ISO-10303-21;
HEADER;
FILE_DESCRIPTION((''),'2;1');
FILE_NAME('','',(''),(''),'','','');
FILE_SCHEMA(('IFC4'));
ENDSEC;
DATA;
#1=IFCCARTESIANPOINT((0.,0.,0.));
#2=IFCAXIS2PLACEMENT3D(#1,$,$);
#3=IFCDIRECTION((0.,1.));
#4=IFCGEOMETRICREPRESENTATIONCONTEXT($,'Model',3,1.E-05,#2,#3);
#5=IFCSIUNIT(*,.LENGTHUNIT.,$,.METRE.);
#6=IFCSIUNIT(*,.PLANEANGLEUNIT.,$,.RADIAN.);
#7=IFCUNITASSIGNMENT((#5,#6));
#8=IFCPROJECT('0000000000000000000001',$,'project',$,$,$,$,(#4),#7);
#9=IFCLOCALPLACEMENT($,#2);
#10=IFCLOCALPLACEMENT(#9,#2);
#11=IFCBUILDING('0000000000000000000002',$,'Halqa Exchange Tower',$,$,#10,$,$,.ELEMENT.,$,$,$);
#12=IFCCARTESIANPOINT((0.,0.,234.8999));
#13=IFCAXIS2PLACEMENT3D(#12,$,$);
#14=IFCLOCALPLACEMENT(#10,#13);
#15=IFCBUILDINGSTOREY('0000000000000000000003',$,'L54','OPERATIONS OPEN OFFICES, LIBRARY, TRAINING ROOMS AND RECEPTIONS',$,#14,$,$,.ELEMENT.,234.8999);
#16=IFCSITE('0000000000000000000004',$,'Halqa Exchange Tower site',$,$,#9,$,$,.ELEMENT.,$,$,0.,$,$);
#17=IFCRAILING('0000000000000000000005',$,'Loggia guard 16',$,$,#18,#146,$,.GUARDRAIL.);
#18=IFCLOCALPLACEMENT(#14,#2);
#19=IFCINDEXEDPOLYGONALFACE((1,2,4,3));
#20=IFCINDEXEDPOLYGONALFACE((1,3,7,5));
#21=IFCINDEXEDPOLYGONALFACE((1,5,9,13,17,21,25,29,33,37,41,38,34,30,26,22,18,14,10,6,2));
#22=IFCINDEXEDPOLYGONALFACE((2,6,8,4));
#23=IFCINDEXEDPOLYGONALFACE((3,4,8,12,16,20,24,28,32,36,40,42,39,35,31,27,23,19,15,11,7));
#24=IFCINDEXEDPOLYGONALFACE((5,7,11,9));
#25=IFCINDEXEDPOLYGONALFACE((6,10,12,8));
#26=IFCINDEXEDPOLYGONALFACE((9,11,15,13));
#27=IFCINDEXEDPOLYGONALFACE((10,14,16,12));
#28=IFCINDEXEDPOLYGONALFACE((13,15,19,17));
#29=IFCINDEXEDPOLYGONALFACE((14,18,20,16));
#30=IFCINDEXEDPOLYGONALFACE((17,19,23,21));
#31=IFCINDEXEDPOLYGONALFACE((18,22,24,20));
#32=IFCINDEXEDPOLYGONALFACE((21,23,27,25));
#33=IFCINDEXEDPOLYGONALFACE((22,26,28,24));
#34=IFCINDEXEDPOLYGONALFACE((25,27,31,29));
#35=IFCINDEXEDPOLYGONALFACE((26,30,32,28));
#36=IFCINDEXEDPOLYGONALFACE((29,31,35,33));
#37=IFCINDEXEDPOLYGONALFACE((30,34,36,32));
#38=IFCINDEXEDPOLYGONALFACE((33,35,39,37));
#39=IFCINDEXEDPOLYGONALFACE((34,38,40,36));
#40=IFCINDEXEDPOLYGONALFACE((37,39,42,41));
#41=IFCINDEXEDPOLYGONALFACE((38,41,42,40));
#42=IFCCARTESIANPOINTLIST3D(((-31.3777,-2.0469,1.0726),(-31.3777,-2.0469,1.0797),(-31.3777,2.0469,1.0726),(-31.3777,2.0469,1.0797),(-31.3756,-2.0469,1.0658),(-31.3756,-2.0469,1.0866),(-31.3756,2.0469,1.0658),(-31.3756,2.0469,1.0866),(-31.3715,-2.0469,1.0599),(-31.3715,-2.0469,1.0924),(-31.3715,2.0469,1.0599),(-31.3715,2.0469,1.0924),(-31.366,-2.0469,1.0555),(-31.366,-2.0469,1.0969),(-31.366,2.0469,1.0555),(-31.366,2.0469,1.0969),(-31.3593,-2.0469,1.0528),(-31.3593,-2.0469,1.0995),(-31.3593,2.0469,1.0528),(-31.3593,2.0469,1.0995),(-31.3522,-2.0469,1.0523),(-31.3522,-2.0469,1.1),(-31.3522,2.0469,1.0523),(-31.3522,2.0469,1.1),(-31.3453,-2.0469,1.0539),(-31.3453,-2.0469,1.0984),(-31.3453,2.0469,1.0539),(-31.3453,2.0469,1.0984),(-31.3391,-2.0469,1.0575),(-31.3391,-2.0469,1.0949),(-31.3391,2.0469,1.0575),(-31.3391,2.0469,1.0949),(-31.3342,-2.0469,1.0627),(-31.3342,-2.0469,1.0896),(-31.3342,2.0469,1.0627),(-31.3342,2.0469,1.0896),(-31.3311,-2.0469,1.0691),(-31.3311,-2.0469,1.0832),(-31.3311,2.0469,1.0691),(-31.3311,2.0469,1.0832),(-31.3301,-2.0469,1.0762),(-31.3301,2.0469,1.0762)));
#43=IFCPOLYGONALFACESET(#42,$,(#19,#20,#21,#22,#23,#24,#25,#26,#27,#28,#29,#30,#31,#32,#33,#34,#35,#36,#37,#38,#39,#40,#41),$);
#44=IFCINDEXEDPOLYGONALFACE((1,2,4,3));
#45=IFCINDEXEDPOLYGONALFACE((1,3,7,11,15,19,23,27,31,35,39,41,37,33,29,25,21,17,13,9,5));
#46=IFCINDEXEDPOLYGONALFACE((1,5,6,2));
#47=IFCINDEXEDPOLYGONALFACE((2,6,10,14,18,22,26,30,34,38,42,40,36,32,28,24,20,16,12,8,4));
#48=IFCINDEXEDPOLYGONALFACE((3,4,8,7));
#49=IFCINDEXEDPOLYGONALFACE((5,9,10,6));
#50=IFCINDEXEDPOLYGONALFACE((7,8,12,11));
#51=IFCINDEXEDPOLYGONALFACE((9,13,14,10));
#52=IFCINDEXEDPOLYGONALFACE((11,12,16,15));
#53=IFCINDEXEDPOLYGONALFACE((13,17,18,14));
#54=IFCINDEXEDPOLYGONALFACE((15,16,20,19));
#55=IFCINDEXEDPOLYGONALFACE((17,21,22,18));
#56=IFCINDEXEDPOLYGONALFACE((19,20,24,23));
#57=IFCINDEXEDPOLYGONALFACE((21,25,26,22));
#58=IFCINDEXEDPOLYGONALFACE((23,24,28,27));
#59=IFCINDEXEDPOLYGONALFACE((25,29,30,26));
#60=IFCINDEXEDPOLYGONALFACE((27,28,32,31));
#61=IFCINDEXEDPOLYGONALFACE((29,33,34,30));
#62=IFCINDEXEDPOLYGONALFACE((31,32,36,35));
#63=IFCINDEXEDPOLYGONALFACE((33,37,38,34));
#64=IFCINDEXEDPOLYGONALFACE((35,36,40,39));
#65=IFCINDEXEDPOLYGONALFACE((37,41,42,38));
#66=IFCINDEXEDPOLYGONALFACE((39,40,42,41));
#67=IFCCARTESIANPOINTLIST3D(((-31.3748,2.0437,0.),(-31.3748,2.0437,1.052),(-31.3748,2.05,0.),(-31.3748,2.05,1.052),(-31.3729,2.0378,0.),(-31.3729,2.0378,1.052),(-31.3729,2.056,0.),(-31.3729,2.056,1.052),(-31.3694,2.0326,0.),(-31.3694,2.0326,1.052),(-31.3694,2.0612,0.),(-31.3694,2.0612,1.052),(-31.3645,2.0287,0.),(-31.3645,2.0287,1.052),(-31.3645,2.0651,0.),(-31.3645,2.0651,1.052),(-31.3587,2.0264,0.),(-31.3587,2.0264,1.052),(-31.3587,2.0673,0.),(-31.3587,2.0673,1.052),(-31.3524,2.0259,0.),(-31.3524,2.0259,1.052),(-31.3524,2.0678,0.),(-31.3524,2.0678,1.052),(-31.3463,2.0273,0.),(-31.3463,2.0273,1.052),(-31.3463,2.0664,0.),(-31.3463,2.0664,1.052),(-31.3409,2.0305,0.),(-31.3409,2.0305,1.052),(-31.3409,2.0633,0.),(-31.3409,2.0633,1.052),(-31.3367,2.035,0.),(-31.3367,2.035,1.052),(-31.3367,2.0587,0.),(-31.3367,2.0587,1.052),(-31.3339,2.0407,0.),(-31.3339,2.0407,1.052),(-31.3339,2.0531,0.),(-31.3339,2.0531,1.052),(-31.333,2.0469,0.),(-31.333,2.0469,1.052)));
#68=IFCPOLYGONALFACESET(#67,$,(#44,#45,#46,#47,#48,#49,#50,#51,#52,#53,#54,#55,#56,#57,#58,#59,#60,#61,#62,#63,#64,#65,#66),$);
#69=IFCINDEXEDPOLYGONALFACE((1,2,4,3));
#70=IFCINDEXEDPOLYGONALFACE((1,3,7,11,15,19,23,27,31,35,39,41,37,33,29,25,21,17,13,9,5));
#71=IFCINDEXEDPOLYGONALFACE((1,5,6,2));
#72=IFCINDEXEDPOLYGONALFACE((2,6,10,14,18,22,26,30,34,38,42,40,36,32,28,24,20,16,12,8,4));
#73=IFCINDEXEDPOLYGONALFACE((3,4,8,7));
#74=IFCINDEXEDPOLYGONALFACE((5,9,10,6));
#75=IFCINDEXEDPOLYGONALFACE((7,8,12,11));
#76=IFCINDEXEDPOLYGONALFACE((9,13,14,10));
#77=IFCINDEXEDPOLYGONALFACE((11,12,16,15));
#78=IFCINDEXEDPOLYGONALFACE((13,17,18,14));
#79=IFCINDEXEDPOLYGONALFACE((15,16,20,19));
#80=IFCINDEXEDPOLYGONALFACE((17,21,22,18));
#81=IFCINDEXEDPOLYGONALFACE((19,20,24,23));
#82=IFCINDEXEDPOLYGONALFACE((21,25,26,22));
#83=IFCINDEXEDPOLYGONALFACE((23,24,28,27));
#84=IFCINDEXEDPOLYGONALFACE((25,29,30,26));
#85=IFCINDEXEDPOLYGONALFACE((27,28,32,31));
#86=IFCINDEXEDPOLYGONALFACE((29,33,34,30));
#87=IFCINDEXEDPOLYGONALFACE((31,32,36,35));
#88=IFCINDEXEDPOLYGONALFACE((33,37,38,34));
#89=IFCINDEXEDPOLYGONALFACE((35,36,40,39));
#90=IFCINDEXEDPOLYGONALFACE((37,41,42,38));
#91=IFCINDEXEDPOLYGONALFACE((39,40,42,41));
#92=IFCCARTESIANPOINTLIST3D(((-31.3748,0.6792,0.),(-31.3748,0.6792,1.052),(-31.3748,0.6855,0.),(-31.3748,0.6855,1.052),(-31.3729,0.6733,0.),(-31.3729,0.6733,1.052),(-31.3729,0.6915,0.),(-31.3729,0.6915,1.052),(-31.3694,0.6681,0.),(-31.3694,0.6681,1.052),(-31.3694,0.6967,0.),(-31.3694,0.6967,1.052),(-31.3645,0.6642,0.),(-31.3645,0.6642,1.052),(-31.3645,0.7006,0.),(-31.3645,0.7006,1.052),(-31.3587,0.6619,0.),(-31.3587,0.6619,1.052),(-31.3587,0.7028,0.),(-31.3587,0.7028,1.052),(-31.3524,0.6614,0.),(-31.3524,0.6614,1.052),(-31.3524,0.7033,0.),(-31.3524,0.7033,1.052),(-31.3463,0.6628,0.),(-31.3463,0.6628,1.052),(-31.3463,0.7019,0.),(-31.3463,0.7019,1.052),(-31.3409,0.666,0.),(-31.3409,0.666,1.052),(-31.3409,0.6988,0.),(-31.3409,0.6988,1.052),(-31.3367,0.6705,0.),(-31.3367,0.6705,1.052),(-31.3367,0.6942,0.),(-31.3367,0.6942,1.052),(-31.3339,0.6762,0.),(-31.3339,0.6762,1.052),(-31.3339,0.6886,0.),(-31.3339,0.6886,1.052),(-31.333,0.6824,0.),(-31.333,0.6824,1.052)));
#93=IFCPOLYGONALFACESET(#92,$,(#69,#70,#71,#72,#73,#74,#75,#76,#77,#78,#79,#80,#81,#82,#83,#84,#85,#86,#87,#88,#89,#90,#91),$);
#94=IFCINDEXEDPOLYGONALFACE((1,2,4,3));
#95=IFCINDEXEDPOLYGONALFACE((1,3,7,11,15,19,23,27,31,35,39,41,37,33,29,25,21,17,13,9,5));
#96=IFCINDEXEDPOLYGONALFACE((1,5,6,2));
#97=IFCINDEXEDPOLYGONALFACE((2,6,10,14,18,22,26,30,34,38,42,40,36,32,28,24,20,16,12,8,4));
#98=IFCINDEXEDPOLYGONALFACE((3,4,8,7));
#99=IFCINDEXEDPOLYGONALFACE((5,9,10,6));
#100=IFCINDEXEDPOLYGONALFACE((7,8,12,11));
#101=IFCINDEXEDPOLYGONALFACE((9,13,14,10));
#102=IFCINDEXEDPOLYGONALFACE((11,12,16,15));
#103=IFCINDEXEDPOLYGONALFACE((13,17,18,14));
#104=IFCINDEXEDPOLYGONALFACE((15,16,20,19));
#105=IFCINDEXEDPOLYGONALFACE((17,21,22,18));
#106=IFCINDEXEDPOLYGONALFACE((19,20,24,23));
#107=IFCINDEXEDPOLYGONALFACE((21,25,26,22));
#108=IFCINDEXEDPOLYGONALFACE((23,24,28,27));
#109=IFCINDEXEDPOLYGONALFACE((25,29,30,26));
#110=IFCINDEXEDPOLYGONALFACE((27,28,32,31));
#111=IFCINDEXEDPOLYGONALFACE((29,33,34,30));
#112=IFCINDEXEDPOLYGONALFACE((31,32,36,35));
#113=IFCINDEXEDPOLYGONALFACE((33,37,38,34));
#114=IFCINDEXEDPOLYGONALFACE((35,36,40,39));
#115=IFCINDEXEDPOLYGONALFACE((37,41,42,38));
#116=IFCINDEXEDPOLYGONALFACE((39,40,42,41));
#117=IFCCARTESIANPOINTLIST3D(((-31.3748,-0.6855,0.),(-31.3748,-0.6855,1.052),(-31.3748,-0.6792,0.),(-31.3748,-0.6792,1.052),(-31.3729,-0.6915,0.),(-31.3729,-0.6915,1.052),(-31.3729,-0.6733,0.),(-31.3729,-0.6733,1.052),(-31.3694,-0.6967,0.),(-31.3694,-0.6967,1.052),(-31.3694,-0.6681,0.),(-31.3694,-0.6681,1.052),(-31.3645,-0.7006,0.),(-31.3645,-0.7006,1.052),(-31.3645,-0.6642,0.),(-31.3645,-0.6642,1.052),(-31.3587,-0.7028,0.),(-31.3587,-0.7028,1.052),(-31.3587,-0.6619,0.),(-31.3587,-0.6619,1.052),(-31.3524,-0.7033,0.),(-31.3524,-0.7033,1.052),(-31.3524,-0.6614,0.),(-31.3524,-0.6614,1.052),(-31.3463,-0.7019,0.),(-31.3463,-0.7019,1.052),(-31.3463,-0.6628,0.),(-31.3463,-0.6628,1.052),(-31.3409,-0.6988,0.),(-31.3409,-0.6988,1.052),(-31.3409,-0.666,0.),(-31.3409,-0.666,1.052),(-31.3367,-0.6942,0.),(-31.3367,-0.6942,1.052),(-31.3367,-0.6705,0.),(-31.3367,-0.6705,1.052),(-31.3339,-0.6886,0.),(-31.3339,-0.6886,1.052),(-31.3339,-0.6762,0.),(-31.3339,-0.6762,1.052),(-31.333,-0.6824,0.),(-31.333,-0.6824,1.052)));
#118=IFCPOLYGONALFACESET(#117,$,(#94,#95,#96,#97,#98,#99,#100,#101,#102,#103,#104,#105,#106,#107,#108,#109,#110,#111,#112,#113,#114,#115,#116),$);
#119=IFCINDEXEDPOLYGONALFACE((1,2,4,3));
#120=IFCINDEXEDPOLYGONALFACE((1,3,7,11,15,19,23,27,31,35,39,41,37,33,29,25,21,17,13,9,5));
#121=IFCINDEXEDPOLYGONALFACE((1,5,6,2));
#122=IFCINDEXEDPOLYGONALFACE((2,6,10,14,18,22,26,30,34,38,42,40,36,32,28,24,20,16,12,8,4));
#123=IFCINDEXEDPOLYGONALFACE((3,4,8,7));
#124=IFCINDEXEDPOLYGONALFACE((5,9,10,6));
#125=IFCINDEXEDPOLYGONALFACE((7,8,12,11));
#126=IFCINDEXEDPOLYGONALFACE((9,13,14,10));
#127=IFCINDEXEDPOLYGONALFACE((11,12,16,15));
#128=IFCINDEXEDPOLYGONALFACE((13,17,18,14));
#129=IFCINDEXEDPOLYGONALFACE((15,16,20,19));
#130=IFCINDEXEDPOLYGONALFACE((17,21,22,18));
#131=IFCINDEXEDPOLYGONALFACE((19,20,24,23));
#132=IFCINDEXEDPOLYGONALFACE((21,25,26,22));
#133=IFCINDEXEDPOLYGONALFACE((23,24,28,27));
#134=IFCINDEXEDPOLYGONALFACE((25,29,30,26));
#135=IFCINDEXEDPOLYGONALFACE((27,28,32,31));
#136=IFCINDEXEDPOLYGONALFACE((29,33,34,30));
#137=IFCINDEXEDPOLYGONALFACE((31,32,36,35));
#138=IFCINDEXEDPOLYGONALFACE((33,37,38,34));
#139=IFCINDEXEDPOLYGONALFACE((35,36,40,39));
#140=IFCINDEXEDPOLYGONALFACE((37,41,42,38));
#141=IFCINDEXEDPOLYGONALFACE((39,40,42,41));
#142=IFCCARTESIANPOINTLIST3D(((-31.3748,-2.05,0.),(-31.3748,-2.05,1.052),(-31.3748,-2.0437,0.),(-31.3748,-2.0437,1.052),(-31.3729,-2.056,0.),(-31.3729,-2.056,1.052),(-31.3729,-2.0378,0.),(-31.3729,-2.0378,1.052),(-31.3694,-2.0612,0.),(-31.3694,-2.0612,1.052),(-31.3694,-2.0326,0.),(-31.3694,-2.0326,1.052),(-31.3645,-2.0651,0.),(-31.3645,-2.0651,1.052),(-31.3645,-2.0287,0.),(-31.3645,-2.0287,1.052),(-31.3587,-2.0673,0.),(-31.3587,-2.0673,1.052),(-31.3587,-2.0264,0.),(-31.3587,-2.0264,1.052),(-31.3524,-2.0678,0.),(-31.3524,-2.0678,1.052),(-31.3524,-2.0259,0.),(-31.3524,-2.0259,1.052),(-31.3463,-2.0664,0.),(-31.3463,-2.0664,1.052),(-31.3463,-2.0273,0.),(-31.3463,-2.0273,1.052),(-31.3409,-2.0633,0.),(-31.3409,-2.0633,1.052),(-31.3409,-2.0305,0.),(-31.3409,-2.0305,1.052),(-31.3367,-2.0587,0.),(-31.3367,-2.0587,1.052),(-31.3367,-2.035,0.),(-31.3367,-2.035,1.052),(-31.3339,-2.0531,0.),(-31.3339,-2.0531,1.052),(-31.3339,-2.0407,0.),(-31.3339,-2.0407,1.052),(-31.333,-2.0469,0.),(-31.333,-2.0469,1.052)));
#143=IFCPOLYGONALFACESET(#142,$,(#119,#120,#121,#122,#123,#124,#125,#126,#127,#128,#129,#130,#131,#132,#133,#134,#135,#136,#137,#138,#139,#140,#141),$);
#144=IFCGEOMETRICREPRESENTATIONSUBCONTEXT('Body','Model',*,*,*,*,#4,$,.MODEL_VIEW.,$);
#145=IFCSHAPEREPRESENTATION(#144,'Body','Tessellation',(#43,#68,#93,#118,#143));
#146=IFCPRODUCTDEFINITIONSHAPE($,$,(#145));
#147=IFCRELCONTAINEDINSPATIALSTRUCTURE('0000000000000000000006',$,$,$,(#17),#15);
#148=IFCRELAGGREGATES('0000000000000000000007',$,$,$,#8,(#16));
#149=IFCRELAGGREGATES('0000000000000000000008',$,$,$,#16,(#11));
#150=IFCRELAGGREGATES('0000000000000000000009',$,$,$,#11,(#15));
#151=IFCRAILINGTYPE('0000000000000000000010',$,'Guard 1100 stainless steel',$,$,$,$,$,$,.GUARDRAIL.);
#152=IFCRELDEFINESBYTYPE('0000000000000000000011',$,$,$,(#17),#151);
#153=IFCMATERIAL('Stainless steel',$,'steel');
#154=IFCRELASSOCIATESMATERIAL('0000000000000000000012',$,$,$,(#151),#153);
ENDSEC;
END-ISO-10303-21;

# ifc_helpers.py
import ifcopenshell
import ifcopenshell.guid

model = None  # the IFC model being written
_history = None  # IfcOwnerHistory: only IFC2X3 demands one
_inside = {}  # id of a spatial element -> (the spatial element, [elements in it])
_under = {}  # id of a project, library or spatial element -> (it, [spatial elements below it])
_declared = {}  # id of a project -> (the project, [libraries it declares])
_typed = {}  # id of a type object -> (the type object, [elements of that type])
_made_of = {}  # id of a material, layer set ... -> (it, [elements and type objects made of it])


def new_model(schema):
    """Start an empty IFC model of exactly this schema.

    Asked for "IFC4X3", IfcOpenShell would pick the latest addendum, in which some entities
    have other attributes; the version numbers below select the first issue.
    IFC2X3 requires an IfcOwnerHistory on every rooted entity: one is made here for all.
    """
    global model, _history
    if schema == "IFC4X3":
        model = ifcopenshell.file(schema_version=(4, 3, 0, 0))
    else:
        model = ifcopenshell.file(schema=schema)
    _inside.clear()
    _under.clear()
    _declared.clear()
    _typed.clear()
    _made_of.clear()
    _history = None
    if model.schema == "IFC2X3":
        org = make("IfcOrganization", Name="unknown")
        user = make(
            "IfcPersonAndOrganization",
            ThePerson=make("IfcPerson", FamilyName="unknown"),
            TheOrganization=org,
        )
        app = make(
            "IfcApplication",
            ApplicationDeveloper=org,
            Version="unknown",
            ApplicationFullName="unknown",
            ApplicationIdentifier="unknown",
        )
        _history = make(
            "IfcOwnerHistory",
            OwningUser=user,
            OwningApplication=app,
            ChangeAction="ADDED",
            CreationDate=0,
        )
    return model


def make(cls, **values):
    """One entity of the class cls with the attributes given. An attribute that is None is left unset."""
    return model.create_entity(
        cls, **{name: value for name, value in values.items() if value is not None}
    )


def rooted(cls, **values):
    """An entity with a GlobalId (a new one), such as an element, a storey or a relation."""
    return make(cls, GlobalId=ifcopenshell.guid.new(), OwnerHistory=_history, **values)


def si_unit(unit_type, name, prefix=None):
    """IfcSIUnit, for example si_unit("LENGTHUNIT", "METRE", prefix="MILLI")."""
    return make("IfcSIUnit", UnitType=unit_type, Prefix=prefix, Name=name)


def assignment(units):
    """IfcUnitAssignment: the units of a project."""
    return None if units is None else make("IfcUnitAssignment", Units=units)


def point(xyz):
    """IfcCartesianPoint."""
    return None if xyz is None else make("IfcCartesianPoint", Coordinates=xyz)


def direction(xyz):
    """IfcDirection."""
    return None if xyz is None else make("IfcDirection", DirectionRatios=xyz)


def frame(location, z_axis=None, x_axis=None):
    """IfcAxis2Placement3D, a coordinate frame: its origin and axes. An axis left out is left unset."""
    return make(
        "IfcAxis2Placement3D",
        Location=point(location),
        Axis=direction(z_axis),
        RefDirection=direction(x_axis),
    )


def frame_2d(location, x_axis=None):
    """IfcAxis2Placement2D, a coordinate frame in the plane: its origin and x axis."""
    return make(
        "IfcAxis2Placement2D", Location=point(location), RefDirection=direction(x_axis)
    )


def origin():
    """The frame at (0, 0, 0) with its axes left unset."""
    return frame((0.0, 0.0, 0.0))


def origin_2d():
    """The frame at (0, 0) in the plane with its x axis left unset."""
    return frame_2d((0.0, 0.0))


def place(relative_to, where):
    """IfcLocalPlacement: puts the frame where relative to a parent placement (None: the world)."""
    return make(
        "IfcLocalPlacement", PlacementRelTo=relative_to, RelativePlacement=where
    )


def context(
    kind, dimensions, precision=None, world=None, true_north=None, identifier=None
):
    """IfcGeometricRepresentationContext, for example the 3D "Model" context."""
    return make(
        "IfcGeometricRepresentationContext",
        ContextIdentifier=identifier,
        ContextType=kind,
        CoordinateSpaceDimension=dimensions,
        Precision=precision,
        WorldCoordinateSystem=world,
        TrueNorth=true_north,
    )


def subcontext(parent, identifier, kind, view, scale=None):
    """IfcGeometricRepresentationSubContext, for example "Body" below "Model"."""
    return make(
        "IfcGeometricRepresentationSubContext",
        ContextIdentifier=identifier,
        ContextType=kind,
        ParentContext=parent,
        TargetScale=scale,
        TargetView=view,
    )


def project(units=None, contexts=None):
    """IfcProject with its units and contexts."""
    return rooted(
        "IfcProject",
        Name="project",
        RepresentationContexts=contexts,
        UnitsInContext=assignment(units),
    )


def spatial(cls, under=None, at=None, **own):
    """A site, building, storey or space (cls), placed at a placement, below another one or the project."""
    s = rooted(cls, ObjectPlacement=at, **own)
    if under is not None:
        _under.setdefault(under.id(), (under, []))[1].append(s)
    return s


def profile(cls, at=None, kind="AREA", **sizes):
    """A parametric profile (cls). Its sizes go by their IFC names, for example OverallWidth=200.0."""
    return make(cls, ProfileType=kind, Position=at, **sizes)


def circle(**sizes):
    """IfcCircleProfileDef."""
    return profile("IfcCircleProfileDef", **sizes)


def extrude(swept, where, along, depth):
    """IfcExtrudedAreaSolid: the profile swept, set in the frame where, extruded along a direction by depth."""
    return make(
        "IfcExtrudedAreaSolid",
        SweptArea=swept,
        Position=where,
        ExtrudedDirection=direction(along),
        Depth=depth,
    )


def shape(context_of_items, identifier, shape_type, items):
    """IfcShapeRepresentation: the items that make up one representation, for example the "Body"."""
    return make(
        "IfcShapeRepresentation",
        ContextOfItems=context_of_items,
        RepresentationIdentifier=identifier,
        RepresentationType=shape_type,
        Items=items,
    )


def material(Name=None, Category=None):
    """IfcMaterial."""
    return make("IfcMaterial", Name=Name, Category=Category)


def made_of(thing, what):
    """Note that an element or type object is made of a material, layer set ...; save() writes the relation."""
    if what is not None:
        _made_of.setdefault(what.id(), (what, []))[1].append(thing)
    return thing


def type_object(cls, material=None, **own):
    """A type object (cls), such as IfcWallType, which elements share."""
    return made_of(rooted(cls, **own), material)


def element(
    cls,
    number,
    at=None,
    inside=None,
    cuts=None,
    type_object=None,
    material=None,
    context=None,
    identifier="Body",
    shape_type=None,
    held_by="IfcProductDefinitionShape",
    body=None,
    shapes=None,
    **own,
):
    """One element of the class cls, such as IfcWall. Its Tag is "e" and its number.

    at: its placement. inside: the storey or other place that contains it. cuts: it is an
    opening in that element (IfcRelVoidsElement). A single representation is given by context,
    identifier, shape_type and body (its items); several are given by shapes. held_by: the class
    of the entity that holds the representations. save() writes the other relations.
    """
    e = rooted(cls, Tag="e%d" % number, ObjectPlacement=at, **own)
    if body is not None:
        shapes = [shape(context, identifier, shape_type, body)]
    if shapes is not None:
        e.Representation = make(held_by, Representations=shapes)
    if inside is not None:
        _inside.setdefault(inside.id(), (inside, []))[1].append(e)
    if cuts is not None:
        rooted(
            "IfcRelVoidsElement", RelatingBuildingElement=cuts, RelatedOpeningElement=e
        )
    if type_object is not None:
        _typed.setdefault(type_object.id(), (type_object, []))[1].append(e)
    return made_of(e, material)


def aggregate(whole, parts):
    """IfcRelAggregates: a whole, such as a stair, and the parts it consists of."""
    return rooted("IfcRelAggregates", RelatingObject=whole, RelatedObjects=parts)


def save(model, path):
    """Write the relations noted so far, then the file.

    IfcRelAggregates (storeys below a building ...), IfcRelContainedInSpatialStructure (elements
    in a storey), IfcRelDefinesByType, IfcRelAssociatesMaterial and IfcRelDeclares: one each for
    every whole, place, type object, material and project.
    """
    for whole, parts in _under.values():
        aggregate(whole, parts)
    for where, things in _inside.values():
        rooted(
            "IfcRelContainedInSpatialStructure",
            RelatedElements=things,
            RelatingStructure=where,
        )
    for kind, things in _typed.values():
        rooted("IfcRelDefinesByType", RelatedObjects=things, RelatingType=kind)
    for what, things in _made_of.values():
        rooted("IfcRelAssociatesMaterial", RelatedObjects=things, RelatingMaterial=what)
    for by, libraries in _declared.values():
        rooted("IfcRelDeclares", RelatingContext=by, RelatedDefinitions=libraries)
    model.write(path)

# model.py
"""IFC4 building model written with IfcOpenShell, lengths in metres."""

from ifc_helpers import new_model, si_unit, direction, frame, origin, origin_2d, place, context, subcontext, project, spatial, circle, extrude, material, type_object, element, save


model = new_model("IFC4")

# Units and contexts
model_context = context("Model", 3, precision=1e-05, world=origin(), true_north=direction((0.0, 1.0)))
body_context = subcontext(model_context, "Body", "Model", "MODEL_VIEW")
ifc_project = project(units=[si_unit("LENGTHUNIT", "METRE"), si_unit("PLANEANGLEUNIT", "RADIAN")], contexts=[model_context])

# Site, building, storey
site_placement = place(None, origin())
site = spatial("IfcSite", under=ifc_project, at=site_placement, Name="Halqa Exchange Tower site", CompositionType="ELEMENT", RefElevation=0.0)
building_placement = place(site_placement, origin())
building = spatial("IfcBuilding", under=site, at=building_placement, Name="Halqa Exchange Tower", CompositionType="ELEMENT")
storey_placement = place(building_placement, frame((0.0, 0.0, 234.8999)))
storey = spatial("IfcBuildingStorey", under=building, at=storey_placement, Name="L54", Description="OPERATIONS OPEN OFFICES, LIBRARY, TRAINING ROOMS AND RECEPTIONS", CompositionType="ELEMENT", Elevation=234.8999)

# Railing
ifc_material_1 = material(Name="Stainless steel", Category="steel")
railing_type = type_object("IfcRailingType", Name="Guard 1100 stainless steel", PredefinedType="GUARDRAIL", material=ifc_material_1)
railing_1_placement = place(storey_placement, frame((-31.354, 2.0469, 0.0)))
element("IfcRailing", 1, at=railing_1_placement, inside=storey, type_object=railing_type, Name="Loggia guard 16", PredefinedType="GUARDRAIL", context=body_context, shape_type="SweptSolid", body=[
    extrude(circle(Radius=0.0239, at=origin_2d()), frame((0.0, 0.0, 1.0762), z_axis=(0.0, -1.0, 0.0), x_axis=(1.0, 0.0, 0.0)), (0.0, 0.0, 1.0), 4.0938),
    extrude(circle(Radius=0.021, at=origin_2d()), origin(), (0.0, 0.0, 1.0), 1.052),
    extrude(circle(Radius=0.021, at=origin_2d()), frame((0.0, -1.3645, 0.0)), (0.0, 0.0, 1.0), 1.052),
    extrude(circle(Radius=0.021, at=origin_2d()), frame((0.0, -2.7292, 0.0)), (0.0, 0.0, 1.0), 1.052),
    extrude(circle(Radius=0.021, at=origin_2d()), frame((0.0, -4.0938, 0.0)), (0.0, 0.0, 1.0), 1.052),
])

save(model, "model.ifc")
